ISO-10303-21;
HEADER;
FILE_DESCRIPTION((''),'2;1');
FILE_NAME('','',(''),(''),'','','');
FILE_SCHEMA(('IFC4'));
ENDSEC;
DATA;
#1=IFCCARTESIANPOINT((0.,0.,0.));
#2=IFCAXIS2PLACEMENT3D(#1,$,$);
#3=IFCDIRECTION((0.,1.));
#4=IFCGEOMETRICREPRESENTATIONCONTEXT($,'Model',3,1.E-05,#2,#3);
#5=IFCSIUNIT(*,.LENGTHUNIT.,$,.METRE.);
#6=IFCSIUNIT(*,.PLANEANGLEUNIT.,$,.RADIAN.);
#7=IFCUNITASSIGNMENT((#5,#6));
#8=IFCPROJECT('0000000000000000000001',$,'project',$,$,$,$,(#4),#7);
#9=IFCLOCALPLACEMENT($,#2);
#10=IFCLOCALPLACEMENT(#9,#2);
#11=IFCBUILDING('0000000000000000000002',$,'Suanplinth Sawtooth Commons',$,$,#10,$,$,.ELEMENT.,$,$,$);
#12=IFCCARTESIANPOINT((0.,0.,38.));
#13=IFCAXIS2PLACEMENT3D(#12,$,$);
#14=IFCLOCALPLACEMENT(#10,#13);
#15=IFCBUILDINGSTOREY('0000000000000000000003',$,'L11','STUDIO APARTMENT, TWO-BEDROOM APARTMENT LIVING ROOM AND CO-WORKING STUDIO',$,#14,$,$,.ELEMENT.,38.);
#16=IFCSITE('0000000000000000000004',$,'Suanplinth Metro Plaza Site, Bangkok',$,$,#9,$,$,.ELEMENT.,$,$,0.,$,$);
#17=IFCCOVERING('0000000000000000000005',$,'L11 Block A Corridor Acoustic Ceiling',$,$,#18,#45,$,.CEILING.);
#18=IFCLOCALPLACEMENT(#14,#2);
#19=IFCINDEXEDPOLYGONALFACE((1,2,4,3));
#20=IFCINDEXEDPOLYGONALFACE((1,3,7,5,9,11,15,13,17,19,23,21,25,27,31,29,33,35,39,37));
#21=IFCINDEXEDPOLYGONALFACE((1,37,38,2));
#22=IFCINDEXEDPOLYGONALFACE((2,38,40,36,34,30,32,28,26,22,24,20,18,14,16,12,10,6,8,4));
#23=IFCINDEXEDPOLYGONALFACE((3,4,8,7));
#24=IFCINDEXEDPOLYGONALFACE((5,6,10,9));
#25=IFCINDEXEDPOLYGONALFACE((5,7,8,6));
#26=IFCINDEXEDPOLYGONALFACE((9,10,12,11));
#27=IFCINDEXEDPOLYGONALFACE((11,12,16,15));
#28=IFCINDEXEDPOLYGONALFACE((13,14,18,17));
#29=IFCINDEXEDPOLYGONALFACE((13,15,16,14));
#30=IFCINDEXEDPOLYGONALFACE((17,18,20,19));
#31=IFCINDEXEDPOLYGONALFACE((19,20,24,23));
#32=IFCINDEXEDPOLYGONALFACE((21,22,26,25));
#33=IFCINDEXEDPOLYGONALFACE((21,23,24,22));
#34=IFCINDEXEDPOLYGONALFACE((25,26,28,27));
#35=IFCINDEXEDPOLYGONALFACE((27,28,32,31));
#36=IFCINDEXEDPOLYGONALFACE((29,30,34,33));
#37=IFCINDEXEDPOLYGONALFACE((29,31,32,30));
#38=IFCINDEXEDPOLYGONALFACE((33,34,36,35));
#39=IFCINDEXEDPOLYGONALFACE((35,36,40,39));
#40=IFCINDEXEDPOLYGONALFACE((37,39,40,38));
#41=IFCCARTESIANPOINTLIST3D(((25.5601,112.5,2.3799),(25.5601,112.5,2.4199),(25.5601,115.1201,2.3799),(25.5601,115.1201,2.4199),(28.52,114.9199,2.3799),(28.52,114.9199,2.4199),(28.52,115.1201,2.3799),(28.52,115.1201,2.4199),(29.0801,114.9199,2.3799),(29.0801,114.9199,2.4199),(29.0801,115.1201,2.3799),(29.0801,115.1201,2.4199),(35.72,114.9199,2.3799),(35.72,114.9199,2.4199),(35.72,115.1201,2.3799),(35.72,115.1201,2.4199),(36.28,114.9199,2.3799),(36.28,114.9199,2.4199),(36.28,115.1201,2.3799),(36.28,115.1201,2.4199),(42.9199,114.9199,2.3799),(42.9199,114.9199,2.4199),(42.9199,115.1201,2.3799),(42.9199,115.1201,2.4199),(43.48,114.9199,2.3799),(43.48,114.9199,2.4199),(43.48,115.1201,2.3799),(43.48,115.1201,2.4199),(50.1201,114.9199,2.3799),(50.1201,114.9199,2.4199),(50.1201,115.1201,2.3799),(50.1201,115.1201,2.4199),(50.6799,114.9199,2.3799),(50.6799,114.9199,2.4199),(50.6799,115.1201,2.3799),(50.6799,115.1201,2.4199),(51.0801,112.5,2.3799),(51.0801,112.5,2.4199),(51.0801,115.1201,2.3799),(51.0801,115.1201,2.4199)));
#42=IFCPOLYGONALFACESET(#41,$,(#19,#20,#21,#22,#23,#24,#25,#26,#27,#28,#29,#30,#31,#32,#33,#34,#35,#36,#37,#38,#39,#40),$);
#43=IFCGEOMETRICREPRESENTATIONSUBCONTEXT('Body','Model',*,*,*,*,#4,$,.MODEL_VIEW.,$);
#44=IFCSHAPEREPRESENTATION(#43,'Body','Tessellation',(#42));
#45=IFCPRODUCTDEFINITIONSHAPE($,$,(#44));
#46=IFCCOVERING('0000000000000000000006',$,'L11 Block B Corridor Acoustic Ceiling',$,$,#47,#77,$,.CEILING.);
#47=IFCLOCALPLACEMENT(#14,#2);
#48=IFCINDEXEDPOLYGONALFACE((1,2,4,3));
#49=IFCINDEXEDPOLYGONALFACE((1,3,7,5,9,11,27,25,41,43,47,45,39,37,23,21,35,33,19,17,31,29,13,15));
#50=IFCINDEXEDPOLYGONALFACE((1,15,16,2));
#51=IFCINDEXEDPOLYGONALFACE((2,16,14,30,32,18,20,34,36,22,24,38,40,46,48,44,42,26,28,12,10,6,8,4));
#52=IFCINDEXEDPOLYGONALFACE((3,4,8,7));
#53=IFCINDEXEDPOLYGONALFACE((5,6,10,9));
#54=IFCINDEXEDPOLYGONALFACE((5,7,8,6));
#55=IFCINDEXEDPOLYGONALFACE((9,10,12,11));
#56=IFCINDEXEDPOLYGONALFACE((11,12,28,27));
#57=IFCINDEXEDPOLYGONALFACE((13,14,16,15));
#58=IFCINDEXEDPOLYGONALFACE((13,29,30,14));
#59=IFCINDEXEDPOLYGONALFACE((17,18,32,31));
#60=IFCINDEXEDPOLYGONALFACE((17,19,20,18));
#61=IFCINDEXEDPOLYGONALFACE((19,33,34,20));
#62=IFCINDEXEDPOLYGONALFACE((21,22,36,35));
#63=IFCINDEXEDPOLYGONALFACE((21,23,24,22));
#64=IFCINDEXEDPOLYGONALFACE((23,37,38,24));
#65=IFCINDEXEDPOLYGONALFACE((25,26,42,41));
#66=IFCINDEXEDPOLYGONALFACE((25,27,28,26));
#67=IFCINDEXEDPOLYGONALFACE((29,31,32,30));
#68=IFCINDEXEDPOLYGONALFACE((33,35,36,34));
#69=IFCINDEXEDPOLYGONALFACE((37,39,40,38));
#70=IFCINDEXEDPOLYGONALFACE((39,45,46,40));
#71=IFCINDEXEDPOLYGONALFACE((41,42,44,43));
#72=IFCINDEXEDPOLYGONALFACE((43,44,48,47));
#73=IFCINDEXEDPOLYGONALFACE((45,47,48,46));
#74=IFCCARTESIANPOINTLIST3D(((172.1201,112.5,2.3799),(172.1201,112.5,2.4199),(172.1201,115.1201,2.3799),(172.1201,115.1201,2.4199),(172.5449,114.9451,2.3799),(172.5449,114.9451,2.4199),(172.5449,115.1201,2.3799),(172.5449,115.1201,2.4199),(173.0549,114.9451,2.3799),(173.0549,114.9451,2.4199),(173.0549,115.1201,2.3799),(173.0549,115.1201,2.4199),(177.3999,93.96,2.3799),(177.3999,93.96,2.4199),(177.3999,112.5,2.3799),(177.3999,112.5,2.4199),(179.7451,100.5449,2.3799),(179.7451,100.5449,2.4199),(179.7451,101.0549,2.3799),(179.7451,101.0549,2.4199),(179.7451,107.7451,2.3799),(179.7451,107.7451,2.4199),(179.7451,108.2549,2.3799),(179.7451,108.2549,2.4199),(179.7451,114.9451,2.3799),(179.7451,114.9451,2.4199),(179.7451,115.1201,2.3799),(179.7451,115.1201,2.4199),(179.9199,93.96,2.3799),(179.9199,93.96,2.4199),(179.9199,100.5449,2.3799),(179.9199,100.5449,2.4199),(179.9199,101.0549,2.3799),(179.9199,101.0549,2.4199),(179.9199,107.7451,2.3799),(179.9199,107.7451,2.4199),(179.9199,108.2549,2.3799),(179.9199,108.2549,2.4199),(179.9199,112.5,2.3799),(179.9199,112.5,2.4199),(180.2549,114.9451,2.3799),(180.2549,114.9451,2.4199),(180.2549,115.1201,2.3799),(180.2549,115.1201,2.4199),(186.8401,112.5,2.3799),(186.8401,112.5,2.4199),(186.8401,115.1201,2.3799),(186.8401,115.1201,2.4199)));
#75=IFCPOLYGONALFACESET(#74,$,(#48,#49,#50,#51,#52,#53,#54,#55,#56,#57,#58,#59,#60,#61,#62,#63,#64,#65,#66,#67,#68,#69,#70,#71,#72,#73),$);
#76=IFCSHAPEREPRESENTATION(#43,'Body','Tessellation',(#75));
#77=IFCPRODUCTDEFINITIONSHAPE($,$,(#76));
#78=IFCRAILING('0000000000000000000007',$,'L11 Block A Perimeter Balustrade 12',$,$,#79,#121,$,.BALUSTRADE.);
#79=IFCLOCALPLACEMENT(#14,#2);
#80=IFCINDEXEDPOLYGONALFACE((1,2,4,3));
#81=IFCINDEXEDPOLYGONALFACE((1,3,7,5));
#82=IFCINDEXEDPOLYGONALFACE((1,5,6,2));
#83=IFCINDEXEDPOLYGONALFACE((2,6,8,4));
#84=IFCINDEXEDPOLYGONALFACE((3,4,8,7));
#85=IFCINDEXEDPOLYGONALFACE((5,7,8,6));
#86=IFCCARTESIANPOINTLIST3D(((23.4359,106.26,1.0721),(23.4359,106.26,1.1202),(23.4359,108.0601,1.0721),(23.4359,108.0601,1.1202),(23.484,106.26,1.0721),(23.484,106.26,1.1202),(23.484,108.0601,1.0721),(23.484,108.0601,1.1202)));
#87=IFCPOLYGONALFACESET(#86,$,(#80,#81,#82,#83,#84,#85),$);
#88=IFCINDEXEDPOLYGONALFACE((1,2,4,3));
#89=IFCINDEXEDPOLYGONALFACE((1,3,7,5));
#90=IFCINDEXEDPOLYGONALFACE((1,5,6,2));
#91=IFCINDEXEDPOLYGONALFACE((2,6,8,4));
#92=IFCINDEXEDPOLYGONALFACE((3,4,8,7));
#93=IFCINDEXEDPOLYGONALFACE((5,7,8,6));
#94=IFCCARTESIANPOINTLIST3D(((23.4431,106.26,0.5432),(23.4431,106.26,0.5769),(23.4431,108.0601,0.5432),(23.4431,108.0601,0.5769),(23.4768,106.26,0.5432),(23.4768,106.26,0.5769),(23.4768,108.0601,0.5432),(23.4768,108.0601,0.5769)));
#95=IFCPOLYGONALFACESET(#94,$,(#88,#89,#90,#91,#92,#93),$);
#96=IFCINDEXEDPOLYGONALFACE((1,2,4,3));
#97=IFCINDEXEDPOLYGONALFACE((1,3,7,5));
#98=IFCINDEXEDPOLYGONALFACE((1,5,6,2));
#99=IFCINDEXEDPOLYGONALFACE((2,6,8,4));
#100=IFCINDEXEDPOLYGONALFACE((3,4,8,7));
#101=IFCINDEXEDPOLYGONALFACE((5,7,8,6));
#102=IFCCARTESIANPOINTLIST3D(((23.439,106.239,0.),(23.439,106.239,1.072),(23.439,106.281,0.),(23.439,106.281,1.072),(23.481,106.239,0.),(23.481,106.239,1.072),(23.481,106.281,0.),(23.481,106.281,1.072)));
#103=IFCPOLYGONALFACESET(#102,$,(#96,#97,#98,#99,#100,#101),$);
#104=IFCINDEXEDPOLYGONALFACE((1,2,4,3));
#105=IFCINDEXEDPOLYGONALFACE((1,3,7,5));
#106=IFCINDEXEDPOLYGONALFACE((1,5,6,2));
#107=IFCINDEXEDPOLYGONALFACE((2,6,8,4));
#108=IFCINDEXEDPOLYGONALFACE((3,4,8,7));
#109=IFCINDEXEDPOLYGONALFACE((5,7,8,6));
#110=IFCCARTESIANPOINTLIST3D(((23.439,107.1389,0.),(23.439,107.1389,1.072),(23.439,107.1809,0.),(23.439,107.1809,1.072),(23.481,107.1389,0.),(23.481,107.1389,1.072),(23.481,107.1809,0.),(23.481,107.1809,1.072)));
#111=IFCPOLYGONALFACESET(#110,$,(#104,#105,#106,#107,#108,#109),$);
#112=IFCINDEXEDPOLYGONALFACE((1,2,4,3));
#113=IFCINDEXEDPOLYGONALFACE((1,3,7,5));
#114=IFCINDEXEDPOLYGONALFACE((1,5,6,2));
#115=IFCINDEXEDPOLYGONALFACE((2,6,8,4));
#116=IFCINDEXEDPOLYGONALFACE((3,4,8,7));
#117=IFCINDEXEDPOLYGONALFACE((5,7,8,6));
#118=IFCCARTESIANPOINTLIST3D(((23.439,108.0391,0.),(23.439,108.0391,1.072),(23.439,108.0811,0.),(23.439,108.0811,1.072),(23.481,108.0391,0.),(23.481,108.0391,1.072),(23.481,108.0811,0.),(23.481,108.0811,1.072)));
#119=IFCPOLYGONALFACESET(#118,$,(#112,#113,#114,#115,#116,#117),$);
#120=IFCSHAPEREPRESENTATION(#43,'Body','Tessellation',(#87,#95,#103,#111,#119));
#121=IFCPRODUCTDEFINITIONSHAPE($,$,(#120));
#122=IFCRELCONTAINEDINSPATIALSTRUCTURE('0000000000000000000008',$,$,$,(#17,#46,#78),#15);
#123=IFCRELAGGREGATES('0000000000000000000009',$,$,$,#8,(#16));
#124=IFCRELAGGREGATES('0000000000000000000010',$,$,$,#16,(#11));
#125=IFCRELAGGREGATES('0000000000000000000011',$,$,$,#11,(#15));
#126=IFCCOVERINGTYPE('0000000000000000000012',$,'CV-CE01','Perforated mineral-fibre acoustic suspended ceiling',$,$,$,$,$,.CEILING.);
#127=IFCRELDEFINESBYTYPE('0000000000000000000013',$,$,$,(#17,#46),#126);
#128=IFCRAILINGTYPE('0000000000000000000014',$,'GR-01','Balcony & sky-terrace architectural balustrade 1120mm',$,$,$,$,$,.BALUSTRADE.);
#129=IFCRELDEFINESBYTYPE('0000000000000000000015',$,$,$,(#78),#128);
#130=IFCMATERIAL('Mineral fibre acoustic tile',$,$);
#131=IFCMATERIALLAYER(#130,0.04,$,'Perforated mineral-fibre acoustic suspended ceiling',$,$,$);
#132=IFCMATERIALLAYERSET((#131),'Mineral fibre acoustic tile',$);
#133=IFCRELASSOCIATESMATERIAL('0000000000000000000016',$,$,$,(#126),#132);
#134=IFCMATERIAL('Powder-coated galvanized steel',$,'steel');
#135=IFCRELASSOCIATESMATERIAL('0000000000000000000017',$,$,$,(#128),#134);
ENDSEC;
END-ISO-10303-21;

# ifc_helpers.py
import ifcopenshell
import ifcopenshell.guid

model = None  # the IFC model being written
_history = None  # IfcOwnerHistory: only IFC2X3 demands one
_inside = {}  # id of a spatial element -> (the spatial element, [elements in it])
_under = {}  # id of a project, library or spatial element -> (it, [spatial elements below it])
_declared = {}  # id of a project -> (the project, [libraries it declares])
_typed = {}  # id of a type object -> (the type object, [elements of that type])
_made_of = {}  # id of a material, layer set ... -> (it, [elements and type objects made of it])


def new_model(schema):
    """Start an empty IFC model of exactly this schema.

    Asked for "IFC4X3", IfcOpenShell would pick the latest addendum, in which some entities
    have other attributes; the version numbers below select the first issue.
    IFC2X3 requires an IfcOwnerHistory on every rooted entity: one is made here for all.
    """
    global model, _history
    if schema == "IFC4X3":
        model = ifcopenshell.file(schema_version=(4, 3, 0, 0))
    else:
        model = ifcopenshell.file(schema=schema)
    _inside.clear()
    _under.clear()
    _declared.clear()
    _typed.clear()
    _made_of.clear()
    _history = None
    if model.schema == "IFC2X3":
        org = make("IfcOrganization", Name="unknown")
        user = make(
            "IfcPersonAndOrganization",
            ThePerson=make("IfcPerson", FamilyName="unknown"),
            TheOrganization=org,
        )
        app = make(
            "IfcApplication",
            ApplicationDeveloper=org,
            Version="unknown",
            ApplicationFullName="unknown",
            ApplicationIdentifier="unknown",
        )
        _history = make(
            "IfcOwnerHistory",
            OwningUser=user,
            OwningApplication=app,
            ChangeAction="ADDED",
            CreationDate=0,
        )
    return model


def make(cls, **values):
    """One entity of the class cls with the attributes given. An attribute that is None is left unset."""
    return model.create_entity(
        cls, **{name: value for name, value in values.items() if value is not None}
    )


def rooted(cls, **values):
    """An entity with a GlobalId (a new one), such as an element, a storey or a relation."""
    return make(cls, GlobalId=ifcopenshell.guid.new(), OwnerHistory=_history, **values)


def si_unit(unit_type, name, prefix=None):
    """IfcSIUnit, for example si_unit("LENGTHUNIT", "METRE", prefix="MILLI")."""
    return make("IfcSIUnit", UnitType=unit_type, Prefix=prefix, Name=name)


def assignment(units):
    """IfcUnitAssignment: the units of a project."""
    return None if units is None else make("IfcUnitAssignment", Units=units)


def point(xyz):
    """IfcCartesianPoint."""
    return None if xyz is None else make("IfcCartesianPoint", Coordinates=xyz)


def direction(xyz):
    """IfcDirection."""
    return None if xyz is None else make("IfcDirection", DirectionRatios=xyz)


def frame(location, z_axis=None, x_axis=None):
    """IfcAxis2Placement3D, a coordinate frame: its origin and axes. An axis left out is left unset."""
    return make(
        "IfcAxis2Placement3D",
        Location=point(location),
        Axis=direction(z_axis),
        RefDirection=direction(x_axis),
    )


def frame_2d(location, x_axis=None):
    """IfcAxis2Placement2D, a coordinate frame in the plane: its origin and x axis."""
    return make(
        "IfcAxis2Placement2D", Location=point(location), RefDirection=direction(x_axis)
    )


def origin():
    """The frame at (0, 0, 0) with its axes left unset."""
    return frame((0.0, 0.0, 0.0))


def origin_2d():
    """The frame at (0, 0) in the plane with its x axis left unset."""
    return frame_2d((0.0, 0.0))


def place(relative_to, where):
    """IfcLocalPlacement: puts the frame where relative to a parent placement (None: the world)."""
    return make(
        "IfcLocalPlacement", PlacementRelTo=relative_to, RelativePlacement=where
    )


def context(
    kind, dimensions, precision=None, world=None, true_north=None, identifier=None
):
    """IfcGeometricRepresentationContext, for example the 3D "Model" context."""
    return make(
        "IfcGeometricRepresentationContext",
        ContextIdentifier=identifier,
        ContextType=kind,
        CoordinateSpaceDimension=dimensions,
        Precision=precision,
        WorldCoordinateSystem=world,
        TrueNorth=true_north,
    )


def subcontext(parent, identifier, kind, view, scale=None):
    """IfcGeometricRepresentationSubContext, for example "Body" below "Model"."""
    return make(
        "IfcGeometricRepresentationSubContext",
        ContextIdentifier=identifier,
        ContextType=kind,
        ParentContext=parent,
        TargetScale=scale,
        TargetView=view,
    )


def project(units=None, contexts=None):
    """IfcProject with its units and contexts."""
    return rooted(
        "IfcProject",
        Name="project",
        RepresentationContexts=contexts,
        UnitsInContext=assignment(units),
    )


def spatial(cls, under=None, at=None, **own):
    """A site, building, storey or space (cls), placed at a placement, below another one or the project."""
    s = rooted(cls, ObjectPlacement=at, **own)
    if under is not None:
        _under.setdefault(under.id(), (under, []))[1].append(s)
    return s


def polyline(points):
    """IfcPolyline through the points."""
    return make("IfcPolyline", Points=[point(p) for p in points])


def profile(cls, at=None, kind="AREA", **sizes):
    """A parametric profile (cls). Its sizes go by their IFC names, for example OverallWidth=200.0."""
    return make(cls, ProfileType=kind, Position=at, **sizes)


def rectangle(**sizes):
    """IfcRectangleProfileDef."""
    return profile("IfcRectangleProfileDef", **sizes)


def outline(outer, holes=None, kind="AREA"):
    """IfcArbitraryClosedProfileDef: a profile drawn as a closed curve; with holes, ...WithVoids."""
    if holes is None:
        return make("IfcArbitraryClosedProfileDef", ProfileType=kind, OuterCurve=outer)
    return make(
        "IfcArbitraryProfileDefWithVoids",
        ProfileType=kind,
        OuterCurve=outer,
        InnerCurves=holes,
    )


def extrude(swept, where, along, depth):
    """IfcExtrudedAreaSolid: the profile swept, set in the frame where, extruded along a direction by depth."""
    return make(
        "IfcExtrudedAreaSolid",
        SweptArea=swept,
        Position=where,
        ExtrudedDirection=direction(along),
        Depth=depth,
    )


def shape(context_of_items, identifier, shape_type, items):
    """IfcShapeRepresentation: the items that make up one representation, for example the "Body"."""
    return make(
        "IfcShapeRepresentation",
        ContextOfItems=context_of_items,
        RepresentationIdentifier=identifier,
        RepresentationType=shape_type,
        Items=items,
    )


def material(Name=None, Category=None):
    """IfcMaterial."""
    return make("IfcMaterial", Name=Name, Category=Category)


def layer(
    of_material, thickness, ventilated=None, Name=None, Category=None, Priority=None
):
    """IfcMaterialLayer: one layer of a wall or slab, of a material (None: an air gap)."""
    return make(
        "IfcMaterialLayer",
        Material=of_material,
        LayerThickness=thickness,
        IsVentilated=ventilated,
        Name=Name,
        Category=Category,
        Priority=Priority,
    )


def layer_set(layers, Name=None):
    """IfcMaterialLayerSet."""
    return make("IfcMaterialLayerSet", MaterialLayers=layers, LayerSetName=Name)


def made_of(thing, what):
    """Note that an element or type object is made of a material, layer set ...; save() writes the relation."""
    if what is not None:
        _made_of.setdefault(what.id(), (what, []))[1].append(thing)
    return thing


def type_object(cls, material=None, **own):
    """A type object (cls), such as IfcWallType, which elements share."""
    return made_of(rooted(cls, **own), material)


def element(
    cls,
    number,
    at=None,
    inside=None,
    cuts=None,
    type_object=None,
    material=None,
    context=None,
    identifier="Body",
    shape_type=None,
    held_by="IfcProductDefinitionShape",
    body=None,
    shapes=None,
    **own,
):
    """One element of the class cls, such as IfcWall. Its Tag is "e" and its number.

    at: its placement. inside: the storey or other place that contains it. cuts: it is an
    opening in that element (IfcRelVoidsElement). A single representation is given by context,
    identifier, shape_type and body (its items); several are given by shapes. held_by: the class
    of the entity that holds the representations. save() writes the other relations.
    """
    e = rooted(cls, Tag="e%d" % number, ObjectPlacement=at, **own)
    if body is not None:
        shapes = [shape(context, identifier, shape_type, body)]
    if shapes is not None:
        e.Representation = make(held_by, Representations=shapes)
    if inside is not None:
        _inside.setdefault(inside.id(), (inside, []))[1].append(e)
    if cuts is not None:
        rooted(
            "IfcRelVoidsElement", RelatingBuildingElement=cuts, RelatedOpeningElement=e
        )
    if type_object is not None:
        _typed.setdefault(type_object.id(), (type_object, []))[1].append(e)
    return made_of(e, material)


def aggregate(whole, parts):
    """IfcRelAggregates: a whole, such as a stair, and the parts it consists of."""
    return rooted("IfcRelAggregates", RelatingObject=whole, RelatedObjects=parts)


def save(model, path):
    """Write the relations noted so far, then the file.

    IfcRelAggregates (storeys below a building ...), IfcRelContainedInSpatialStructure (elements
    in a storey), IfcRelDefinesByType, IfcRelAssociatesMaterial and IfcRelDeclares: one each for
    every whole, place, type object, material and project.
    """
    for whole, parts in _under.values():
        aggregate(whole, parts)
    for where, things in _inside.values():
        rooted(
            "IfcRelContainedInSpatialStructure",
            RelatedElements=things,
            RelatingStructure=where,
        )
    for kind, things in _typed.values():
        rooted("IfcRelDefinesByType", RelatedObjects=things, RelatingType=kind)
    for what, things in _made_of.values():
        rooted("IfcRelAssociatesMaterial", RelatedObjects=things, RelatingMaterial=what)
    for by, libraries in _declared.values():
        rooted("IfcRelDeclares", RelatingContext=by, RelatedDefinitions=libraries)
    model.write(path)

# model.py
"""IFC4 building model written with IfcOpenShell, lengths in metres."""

from ifc_helpers import new_model, si_unit, direction, frame, origin, origin_2d, place, context, subcontext, project, spatial, polyline, rectangle, outline, extrude, material, layer, layer_set, type_object, element, save


model = new_model("IFC4")

# Units and contexts
model_context = context("Model", 3, precision=1e-05, world=origin(), true_north=direction((0.0, 1.0)))
body_context = subcontext(model_context, "Body", "Model", "MODEL_VIEW")
ifc_project = project(units=[si_unit("LENGTHUNIT", "METRE"), si_unit("PLANEANGLEUNIT", "RADIAN")], contexts=[model_context])

# Site, building, storey
site_placement = place(None, origin())
site = spatial("IfcSite", under=ifc_project, at=site_placement, Name="Suanplinth Metro Plaza Site, Bangkok", CompositionType="ELEMENT", RefElevation=0.0)
building_placement = place(site_placement, origin())
building = spatial("IfcBuilding", under=site, at=building_placement, Name="Suanplinth Sawtooth Commons", CompositionType="ELEMENT")
storey_placement = place(building_placement, frame((0.0, 0.0, 38.0)))
storey = spatial("IfcBuildingStorey", under=building, at=storey_placement, Name="L11", Description="STUDIO APARTMENT, TWO-BEDROOM APARTMENT LIVING ROOM AND CO-WORKING STUDIO", CompositionType="ELEMENT", Elevation=38.0)

# Coverings
ifc_material_1 = material(Name="Mineral fibre acoustic tile")
ifc_layer_1 = layer(ifc_material_1, 0.04, Name="Perforated mineral-fibre acoustic suspended ceiling")
ifc_layer_set_1 = layer_set([ifc_layer_1], Name="Mineral fibre acoustic tile")
covering_type = type_object("IfcCoveringType", Name="CV-CE01", Description="Perforated mineral-fibre acoustic suspended ceiling", PredefinedType="CEILING", material=ifc_layer_set_1)
covering_1_placement = place(storey_placement, frame((0.0, 0.0, 2.3799)))
element("IfcCovering", 1, at=covering_1_placement, inside=storey, type_object=covering_type, Name="L11 Block A Corridor Acoustic Ceiling", PredefinedType="CEILING", context=body_context, shape_type="SweptSolid", body=[
    extrude(outline(polyline([(25.5601, 112.5), (25.5601, 115.1201), (28.52, 115.1201), (28.52, 114.9199), (29.0801, 114.9199), (29.0801, 115.1201), (35.72, 115.1201), (35.72, 114.9199), (36.28, 114.9199), (36.28, 115.1201), (42.9199, 115.1201), (42.9199, 114.9199), (43.48, 114.9199), (43.48, 115.1201), (50.1201, 115.1201), (50.1201, 114.9199), (50.6799, 114.9199), (50.6799, 115.1201), (51.0801, 115.1201), (51.0801, 112.5), (25.5601, 112.5)])), origin(), (0.0, 0.0, 1.0), 0.04),
])
covering_2_placement = place(storey_placement, frame((0.0, 0.0, 2.3799)))
element("IfcCovering", 2, at=covering_2_placement, inside=storey, type_object=covering_type, Name="L11 Block B Corridor Acoustic Ceiling", PredefinedType="CEILING", context=body_context, shape_type="SweptSolid", body=[
    extrude(outline(polyline([(172.5449, 115.1201), (172.5449, 114.9451), (173.0549, 114.9451), (173.0549, 115.1201), (179.7451, 115.1201), (179.7451, 114.9451), (180.2549, 114.9451), (180.2549, 115.1201), (186.8401, 115.1201), (186.8401, 112.5), (179.9199, 112.5), (179.9199, 108.2549), (179.7451, 108.2549), (179.7451, 107.7451), (179.9199, 107.7451), (179.9199, 101.0549), (179.7451, 101.0549), (179.7451, 100.5449), (179.9199, 100.5449), (179.9199, 93.96), (177.3999, 93.96), (177.3999, 112.5), (172.1201, 112.5), (172.1201, 115.1201), (172.5449, 115.1201)])), origin(), (0.0, 0.0, 1.0), 0.04),
])

# Railing
ifc_material_2 = material(Name="Powder-coated galvanized steel", Category="steel")
railing_type = type_object("IfcRailingType", Name="GR-01", Description="Balcony & sky-terrace architectural balustrade 1120mm", PredefinedType="BALUSTRADE", material=ifc_material_2)
railing_placement = place(storey_placement, frame((23.46, 106.26, 0.0)))
element("IfcRailing", 3, at=railing_placement, inside=storey, type_object=railing_type, Name="L11 Block A Perimeter Balustrade 12", PredefinedType="BALUSTRADE", context=body_context, shape_type="SweptSolid", body=[
    extrude(rectangle(XDim=0.0481, YDim=0.0481, at=origin_2d()), frame((0.0, 0.0, 1.0962), z_axis=(0.0, 1.0, 0.0), x_axis=(-1.0, 0.0, 0.0)), (0.0, 0.0, 1.0), 1.8),
    extrude(rectangle(XDim=0.0337, YDim=0.0337, at=origin_2d()), frame((0.0, 0.0, 0.5601), z_axis=(0.0, 1.0, 0.0), x_axis=(-1.0, 0.0, 0.0)), (0.0, 0.0, 1.0), 1.8),
    extrude(rectangle(XDim=0.042, YDim=0.042, at=origin_2d()), origin(), (0.0, 0.0, 1.0), 1.072),
    extrude(rectangle(XDim=0.042, YDim=0.042, at=origin_2d()), frame((0.0, 0.8999, 0.0)), (0.0, 0.0, 1.0), 1.072),
    extrude(rectangle(XDim=0.042, YDim=0.042, at=origin_2d()), frame((0.0, 1.8, 0.0)), (0.0, 0.0, 1.0), 1.072),
])

save(model, "model.ifc")
